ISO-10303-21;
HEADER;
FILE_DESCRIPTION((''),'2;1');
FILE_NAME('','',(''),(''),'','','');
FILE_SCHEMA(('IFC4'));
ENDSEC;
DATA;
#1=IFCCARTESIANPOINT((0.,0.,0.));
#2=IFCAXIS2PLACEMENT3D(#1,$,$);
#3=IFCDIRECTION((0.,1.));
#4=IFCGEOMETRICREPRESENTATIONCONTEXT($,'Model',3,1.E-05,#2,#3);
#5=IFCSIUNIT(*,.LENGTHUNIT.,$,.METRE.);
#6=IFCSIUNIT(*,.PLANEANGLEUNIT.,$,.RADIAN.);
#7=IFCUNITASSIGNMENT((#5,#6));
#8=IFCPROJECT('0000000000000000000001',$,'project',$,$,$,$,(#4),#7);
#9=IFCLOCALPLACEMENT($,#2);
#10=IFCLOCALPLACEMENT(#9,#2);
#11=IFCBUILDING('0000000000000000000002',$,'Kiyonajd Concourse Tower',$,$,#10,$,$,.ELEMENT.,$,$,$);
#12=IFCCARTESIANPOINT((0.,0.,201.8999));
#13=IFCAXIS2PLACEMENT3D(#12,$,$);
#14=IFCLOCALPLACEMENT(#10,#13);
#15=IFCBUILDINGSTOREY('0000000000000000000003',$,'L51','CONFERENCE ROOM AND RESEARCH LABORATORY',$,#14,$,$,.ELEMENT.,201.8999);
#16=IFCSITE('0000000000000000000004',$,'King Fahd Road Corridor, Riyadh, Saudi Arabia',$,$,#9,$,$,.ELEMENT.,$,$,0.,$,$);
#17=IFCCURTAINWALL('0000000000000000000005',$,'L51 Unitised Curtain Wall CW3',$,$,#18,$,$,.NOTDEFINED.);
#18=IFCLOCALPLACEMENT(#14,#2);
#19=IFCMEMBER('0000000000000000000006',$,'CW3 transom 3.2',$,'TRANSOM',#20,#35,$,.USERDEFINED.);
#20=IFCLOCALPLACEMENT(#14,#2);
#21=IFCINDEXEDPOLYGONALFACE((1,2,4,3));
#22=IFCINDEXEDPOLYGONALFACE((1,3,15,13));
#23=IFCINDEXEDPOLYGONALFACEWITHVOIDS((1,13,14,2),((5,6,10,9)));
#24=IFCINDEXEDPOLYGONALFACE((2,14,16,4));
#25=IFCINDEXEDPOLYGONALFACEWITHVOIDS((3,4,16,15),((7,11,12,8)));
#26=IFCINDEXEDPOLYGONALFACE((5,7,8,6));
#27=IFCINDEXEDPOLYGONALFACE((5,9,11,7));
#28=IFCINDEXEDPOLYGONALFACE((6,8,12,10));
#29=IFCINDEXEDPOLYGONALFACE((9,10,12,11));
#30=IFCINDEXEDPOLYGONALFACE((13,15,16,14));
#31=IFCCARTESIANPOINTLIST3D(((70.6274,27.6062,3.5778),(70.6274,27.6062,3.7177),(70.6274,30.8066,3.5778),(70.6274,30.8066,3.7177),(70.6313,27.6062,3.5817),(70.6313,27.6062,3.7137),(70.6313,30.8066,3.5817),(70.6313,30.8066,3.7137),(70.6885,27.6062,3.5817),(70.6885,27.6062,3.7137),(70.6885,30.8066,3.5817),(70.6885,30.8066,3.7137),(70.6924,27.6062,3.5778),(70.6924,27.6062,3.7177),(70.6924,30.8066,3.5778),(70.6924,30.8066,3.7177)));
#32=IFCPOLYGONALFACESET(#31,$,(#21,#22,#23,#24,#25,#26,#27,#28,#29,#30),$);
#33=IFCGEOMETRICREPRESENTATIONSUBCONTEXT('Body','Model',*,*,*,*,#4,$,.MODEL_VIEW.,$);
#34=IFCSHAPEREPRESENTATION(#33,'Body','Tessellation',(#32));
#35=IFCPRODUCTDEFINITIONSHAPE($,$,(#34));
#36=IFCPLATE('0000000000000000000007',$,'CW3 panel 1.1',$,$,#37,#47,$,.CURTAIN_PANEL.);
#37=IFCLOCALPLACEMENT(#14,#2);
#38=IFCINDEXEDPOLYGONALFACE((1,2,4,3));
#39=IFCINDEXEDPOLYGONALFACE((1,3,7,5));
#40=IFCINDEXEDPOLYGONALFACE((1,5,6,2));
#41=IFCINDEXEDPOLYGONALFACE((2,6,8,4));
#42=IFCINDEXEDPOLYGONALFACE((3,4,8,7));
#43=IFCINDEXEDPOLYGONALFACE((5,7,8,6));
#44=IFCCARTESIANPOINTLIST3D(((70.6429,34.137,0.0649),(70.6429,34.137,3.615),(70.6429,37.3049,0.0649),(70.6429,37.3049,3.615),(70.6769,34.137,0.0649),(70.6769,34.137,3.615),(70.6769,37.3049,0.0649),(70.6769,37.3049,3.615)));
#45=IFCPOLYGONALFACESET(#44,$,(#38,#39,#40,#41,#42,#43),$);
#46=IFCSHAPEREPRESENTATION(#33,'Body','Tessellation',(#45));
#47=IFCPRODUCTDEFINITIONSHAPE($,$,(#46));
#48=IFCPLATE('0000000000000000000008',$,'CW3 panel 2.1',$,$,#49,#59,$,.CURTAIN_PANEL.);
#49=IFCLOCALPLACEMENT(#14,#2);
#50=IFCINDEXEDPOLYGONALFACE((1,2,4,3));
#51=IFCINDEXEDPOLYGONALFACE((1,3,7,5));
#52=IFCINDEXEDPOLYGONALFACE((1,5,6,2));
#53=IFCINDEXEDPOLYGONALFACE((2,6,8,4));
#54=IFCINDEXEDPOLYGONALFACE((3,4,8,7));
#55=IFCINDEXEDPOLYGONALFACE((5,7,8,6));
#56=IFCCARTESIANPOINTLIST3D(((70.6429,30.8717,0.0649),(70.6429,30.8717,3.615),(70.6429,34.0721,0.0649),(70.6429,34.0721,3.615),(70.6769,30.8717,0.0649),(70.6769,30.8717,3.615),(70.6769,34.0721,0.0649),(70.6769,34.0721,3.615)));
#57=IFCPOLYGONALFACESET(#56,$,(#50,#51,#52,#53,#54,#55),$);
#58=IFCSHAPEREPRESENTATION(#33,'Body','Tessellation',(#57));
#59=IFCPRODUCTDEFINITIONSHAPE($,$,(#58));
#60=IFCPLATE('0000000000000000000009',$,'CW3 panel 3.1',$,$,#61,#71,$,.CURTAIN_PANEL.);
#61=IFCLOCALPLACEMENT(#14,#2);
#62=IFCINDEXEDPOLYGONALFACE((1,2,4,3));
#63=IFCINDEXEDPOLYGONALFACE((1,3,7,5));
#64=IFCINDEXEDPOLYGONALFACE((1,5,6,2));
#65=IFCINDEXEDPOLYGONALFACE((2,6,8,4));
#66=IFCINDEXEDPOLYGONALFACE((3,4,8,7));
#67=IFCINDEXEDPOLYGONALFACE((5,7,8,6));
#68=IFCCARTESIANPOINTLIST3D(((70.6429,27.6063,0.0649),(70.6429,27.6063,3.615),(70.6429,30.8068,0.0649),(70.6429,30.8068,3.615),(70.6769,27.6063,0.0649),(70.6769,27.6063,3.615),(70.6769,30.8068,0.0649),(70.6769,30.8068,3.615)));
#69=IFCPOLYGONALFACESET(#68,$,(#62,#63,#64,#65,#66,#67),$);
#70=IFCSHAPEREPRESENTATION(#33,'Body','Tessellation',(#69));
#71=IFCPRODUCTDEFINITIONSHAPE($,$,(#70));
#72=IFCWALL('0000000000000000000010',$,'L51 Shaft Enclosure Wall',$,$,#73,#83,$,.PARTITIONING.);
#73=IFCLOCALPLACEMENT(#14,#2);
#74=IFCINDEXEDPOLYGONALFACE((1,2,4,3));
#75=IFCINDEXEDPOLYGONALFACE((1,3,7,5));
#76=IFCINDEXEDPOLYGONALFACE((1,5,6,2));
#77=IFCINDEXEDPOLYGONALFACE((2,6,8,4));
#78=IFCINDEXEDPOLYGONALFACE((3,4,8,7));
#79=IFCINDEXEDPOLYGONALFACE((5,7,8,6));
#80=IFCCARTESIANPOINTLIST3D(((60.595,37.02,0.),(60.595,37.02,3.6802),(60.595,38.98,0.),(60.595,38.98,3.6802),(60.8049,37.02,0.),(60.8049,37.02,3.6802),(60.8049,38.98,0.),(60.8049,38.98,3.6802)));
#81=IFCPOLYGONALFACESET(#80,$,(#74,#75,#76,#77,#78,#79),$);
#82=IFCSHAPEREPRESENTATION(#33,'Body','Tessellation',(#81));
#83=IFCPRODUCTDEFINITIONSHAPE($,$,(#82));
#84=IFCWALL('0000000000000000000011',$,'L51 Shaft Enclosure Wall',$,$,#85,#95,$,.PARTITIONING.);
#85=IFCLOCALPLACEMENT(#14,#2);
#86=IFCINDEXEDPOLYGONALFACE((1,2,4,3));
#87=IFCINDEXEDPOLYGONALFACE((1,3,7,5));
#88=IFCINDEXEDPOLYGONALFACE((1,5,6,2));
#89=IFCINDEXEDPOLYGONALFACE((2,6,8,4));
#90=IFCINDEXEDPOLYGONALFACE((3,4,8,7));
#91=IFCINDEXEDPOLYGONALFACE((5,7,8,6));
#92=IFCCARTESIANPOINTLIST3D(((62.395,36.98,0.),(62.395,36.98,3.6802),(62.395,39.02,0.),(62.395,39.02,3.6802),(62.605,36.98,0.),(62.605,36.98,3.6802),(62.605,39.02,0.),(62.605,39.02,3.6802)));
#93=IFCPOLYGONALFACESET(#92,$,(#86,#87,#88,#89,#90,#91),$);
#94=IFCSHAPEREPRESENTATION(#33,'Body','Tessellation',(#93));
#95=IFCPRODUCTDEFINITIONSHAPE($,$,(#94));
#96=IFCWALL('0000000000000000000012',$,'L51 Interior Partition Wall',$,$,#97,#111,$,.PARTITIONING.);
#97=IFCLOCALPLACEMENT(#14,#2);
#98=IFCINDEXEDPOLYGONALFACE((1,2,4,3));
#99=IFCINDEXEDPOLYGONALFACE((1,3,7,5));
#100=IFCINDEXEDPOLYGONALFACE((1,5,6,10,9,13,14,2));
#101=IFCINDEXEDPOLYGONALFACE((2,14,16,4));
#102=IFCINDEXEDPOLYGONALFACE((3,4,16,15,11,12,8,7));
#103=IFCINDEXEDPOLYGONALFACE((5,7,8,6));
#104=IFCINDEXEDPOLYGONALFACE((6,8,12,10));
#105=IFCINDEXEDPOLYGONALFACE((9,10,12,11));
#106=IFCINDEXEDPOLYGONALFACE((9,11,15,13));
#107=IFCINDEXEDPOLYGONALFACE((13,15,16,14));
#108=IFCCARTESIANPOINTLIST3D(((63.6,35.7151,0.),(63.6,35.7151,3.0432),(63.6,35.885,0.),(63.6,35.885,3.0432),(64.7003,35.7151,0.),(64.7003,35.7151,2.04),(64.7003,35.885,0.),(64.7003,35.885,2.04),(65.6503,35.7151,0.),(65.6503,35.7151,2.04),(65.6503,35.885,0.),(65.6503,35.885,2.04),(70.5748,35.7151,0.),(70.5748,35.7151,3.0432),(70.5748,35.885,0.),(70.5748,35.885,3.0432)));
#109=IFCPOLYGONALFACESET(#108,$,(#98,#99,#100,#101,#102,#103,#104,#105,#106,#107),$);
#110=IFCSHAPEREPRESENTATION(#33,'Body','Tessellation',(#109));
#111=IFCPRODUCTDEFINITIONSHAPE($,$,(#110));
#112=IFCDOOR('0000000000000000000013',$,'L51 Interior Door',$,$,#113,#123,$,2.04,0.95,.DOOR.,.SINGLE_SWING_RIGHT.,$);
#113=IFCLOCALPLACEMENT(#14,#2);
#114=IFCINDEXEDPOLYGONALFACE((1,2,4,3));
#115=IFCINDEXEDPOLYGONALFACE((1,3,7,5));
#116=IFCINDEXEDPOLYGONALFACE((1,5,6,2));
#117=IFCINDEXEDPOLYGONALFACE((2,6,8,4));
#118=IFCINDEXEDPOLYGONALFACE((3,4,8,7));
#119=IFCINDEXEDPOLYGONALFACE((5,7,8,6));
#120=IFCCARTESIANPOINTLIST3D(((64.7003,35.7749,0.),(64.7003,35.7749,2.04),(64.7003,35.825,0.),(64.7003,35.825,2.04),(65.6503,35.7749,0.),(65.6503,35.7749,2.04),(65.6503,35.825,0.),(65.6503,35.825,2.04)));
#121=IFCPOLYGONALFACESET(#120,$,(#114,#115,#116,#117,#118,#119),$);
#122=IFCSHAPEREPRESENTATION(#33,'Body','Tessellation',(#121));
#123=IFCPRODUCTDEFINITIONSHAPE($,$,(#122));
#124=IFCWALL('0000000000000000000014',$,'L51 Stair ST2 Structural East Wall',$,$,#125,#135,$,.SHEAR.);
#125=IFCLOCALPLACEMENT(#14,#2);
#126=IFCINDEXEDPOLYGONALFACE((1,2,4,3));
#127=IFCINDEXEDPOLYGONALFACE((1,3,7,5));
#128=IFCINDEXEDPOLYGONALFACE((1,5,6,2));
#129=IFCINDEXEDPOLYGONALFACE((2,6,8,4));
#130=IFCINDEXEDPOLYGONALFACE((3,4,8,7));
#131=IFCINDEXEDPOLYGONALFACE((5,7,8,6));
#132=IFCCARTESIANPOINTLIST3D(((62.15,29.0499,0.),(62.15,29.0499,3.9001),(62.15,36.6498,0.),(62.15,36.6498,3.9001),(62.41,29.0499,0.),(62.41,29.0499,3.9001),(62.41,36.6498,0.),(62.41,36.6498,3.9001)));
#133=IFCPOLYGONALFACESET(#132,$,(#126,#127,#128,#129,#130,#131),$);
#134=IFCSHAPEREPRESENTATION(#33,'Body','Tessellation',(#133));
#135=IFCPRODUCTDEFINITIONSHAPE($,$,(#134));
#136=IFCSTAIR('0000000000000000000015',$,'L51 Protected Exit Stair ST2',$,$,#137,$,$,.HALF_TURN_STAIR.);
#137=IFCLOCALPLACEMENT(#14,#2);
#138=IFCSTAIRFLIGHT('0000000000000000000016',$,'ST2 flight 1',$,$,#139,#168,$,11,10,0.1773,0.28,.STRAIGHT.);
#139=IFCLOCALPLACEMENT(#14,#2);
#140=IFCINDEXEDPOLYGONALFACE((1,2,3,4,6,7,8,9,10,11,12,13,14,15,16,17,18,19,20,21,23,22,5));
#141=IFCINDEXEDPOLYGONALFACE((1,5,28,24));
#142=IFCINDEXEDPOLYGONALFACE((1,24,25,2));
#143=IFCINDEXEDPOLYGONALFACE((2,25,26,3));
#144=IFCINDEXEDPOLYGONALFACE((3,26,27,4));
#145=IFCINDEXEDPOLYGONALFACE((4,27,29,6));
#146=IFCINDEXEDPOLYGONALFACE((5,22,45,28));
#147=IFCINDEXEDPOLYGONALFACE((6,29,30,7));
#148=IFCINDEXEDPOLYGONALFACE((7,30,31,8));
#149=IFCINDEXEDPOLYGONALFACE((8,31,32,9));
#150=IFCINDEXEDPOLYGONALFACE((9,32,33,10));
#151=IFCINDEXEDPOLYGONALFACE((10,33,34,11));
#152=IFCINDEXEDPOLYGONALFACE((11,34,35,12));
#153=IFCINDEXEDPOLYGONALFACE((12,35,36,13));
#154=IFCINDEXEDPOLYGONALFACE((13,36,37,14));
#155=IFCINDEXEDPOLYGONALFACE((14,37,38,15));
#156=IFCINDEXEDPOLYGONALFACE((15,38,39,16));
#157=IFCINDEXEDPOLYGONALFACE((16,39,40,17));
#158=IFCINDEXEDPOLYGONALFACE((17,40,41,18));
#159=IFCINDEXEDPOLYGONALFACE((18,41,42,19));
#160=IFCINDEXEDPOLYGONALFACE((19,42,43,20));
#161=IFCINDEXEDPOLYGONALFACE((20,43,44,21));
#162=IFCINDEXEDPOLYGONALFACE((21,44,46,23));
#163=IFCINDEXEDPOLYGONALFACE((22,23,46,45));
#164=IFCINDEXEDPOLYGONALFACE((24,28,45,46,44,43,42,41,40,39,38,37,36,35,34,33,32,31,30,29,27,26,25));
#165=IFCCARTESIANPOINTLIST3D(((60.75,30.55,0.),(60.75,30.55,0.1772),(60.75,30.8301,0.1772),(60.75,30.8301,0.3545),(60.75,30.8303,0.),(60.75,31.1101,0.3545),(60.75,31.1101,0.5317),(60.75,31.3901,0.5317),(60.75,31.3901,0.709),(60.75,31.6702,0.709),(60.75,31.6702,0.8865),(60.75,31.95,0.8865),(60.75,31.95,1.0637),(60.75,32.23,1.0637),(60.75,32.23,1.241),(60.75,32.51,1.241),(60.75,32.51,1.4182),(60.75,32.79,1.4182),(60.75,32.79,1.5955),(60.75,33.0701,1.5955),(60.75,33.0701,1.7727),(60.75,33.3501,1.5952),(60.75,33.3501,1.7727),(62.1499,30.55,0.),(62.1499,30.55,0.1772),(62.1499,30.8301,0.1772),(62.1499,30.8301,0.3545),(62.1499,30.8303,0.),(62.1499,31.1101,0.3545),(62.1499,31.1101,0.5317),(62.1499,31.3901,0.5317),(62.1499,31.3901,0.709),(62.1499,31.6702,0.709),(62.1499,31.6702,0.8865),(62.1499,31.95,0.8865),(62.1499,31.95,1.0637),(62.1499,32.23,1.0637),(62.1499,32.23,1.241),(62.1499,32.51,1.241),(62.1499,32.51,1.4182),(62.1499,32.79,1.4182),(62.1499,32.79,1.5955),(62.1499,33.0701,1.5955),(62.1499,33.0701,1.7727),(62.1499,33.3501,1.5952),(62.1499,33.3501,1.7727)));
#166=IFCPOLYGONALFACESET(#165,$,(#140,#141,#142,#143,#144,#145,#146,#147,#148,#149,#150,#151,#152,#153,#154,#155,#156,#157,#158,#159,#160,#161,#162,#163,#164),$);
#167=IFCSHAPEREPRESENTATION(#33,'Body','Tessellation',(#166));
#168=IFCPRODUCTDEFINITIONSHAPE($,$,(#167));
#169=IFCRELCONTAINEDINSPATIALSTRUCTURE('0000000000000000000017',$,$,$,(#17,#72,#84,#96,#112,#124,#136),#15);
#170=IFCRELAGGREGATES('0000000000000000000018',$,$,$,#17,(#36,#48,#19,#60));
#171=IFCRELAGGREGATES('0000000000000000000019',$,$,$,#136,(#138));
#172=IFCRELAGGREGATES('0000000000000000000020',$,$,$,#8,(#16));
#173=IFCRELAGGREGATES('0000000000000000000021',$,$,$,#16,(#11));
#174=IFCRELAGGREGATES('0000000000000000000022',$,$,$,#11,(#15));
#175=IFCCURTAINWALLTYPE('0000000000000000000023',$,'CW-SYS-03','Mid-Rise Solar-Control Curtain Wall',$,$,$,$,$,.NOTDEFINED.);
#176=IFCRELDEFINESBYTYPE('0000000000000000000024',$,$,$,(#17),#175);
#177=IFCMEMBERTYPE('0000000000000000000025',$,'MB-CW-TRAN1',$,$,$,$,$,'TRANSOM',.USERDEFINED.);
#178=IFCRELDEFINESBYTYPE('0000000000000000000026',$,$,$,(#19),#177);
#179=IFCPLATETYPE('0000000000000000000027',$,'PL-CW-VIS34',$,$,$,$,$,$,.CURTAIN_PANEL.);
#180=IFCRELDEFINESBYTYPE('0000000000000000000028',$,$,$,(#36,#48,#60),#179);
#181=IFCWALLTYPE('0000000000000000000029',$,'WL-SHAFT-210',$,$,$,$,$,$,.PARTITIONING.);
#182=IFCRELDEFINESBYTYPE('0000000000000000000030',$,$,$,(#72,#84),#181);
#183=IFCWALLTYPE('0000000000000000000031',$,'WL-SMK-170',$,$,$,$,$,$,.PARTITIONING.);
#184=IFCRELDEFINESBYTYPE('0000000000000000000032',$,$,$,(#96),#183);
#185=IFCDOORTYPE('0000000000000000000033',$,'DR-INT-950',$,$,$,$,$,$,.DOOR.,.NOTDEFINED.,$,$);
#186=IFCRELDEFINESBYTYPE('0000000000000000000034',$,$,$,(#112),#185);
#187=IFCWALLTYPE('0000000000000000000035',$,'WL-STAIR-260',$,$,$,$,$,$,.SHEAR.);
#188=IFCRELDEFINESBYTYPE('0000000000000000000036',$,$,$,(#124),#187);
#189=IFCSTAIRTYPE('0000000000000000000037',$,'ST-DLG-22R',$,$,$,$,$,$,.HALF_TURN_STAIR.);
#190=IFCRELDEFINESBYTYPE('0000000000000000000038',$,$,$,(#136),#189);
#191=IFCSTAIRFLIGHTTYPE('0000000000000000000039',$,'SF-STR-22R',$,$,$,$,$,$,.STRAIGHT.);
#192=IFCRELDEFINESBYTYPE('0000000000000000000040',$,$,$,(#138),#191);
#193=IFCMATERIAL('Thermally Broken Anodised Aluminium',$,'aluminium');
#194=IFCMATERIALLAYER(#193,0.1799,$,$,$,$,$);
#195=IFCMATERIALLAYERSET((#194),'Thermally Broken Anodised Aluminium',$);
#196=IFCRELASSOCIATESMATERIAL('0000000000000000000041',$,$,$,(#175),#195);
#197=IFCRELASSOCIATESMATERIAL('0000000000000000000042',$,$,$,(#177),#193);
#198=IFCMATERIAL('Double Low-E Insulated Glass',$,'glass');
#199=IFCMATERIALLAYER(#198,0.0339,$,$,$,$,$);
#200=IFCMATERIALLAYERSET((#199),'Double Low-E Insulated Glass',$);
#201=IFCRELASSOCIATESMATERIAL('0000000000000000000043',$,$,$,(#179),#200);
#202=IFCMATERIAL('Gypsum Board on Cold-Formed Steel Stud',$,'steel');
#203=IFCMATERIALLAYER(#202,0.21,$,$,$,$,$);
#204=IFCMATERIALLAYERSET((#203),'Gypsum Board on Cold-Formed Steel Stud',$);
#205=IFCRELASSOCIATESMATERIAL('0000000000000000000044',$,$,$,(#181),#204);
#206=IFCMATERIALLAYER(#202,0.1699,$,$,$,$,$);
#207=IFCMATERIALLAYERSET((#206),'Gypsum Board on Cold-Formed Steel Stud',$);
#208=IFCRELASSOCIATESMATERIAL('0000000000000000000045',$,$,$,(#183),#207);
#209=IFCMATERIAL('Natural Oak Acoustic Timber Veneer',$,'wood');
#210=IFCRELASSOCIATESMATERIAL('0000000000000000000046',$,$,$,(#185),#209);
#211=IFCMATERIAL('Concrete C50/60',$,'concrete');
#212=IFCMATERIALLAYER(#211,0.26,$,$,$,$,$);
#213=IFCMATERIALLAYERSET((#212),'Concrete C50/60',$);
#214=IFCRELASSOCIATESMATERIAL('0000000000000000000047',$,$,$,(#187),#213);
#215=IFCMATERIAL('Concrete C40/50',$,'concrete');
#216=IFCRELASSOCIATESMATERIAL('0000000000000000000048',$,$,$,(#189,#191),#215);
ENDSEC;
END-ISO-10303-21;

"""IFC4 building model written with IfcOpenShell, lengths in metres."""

from ifc_helpers import new_model, si_unit, direction, frame, frame_2d, origin, origin_2d, place, context, subcontext, project, spatial, polyline, rectangle, hollow_rectangle, outline, extrude, material, layer, layer_set, material_profile, profile_set, type_object, element, fill, aggregate, save


model = new_model("IFC4")

# Units and contexts
model_context = context("Model", 3, precision=1e-05, world=origin(), true_north=direction((0.0, 1.0)))
body_context = subcontext(model_context, "Body", "Model", "MODEL_VIEW")
ifc_project = project(units=[si_unit("LENGTHUNIT", "METRE"), si_unit("PLANEANGLEUNIT", "RADIAN")], contexts=[model_context])

# Site, building, storey
site_placement = place(None, origin())
site = spatial("IfcSite", under=ifc_project, at=site_placement, Name="King Fahd Road Corridor, Riyadh, Saudi Arabia", CompositionType="ELEMENT", RefElevation=0.0)
building_placement = place(site_placement, origin())
building = spatial("IfcBuilding", under=site, at=building_placement, Name="Kiyonajd Concourse Tower", CompositionType="ELEMENT")
storey_placement = place(building_placement, frame((0.0, 0.0, 201.8999)))
storey = spatial("IfcBuildingStorey", under=building, at=storey_placement, Name="L51", Description="CONFERENCE ROOM AND RESEARCH LABORATORY", CompositionType="ELEMENT", Elevation=201.8999)

# Curtain wall, member, plates
ifc_material_1 = material(Name="Thermally Broken Anodised Aluminium", Category="aluminium")
ifc_layer_1 = layer(ifc_material_1, 0.1799)
ifc_layer_set_1 = layer_set([ifc_layer_1], Name="Thermally Broken Anodised Aluminium")
curtain_wall_type = type_object("IfcCurtainWallType", Name="CW-SYS-03", Description="Mid-Rise Solar-Control Curtain Wall", PredefinedType="NOTDEFINED", material=ifc_layer_set_1)
curtain_wall_placement = place(storey_placement, origin())
curtain_wall = element("IfcCurtainWall", 1, at=curtain_wall_placement, inside=storey, type_object=curtain_wall_type, Name="L51 Unitised Curtain Wall CW3", PredefinedType="NOTDEFINED")
ifc_material_profile_1 = material_profile(ifc_material_1, hollow_rectangle(XDim=0.0649, YDim=0.1399, WallThickness=0.0039, at=origin_2d()), Name="TRAN-65x140")
ifc_profile_set_1 = profile_set([ifc_material_profile_1], Name="Thermally Broken Anodised Aluminium")
member_type_1 = type_object("IfcMemberType", Name="MB-CW-TRAN1", ElementType="TRANSOM", PredefinedType="USERDEFINED", material=ifc_profile_set_1)
member_1_placement = place(storey_placement, frame((70.6599, 30.8066, 3.6477), z_axis=(0.0, -1.0, 0.0), x_axis=(1.0, 0.0, 0.0)))
member_1 = element("IfcMember", 2, at=member_1_placement, type_object=member_type_1, Name="CW3 transom 3.2", ObjectType="TRANSOM", PredefinedType="USERDEFINED", context=body_context, shape_type="SweptSolid", body=[
    extrude(hollow_rectangle(XDim=0.0649, YDim=0.1399, WallThickness=0.0039, at=origin_2d()), origin(), (0.0, 0.0, 1.0), 3.2004),
])
ifc_material_2 = material(Name="Double Low-E Insulated Glass", Category="glass")
ifc_layer_2 = layer(ifc_material_2, 0.0339)
ifc_layer_set_2 = layer_set([ifc_layer_2], Name="Double Low-E Insulated Glass")
plate_type = type_object("IfcPlateType", Name="PL-CW-VIS34", PredefinedType="CURTAIN_PANEL", material=ifc_layer_set_2)
plate_1_placement = place(storey_placement, frame((70.6599, 35.7209, 0.0649), z_axis=(0.0, 0.0, 1.0), x_axis=(0.0, -1.0, 0.0)))
plate_1 = element("IfcPlate", 3, at=plate_1_placement, type_object=plate_type, Name="CW3 panel 1.1", PredefinedType="CURTAIN_PANEL", context=body_context, shape_type="SweptSolid", body=[
    extrude(rectangle(XDim=3.168, YDim=0.0339, at=origin_2d()), origin(), (0.0, 0.0, 1.0), 3.55),
])
plate_2_placement = place(storey_placement, frame((70.6599, 32.4719, 0.0649), z_axis=(0.0, 0.0, 1.0), x_axis=(0.0, -1.0, 0.0)))
plate_2 = element("IfcPlate", 4, at=plate_2_placement, type_object=plate_type, Name="CW3 panel 2.1", PredefinedType="CURTAIN_PANEL", context=body_context, shape_type="SweptSolid", body=[
    extrude(rectangle(XDim=3.2004, YDim=0.0339, at=origin_2d()), origin(), (0.0, 0.0, 1.0), 3.55),
])
plate_3_placement = place(storey_placement, frame((70.6599, 29.2065, 0.0649), z_axis=(0.0, 0.0, 1.0), x_axis=(0.0, -1.0, 0.0)))
plate_3 = element("IfcPlate", 5, at=plate_3_placement, type_object=plate_type, Name="CW3 panel 3.1", PredefinedType="CURTAIN_PANEL", context=body_context, shape_type="SweptSolid", body=[
    extrude(rectangle(XDim=3.2004, YDim=0.0339, at=origin_2d()), origin(), (0.0, 0.0, 1.0), 3.55),
])
aggregate(curtain_wall, [plate_1, plate_2, member_1, plate_3])

# Walls
ifc_material_3 = material(Name="Gypsum Board on Cold-Formed Steel Stud", Category="steel")
ifc_layer_3 = layer(ifc_material_3, 0.21)
ifc_layer_set_3 = layer_set([ifc_layer_3], Name="Gypsum Board on Cold-Formed Steel Stud")
wall_type_1 = type_object("IfcWallType", Name="WL-SHAFT-210", PredefinedType="PARTITIONING", material=ifc_layer_set_3)
wall_1_placement = place(storey_placement, frame((60.7, 37.02, 0.0), z_axis=(0.0, 0.0, 1.0), x_axis=(0.0, 1.0, 0.0)))
element("IfcWall", 6, at=wall_1_placement, inside=storey, type_object=wall_type_1, Name="L51 Shaft Enclosure Wall", PredefinedType="PARTITIONING", context=body_context, shape_type="SweptSolid", body=[
    extrude(rectangle(XDim=1.96, YDim=0.21, at=frame_2d((0.98, 0.0))), origin(), (0.0, 0.0, 1.0), 3.6802),
])
wall_2_placement = place(storey_placement, frame((62.5, 36.98, 0.0), z_axis=(0.0, 0.0, 1.0), x_axis=(0.0, 1.0, 0.0)))
element("IfcWall", 7, at=wall_2_placement, inside=storey, type_object=wall_type_1, Name="L51 Shaft Enclosure Wall", PredefinedType="PARTITIONING", context=body_context, shape_type="SweptSolid", body=[
    extrude(rectangle(XDim=2.04, YDim=0.21, at=frame_2d((1.02, 0.0))), origin(), (0.0, 0.0, 1.0), 3.6802),
])

# Wall, opening, door
ifc_layer_4 = layer(ifc_material_3, 0.1699)
ifc_layer_set_4 = layer_set([ifc_layer_4], Name="Gypsum Board on Cold-Formed Steel Stud")
wall_type_2 = type_object("IfcWallType", Name="WL-SMK-170", PredefinedType="PARTITIONING", material=ifc_layer_set_4)
wall_3_placement = place(storey_placement, frame((63.6001, 35.8, 0.0), z_axis=(0.0, 0.0, 1.0), x_axis=(1.0, 0.0, 0.0)))
wall_3 = element("IfcWall", 8, at=wall_3_placement, inside=storey, type_object=wall_type_2, Name="L51 Interior Partition Wall", PredefinedType="PARTITIONING", context=body_context, shape_type="SweptSolid", body=[
    extrude(rectangle(XDim=6.9749, YDim=0.1699, at=frame_2d((3.4873, 0.0))), origin(), (0.0, 0.0, 1.0), 3.0432),
])
opening_placement = place(wall_3_placement, frame((1.1001, 0.0, 0.0)))
opening = element("IfcOpeningElement", 9, at=opening_placement, cuts=wall_3, PredefinedType="OPENING", context=body_context, shape_type="SweptSolid", body=[
    extrude(rectangle(XDim=0.95, YDim=2.04, at=frame_2d((0.4751, 1.02))), frame((0.0, 0.095, 0.0), z_axis=(0.0, -1.0, 0.0), x_axis=(1.0, 0.0, 0.0)), (0.0, 0.0, 1.0), 0.1899),
])
ifc_material_4 = material(Name="Natural Oak Acoustic Timber Veneer", Category="wood")
door_type = type_object("IfcDoorType", Name="DR-INT-950", OperationType="NOTDEFINED", PredefinedType="DOOR", material=ifc_material_4)
door_placement = place(opening_placement, origin())
door = element("IfcDoor", 10, at=door_placement, inside=storey, type_object=door_type, Name="L51 Interior Door", OperationType="SINGLE_SWING_RIGHT", OverallHeight=2.04, OverallWidth=0.95, PredefinedType="DOOR", context=body_context, shape_type="SweptSolid", body=[
    extrude(rectangle(XDim=0.95, YDim=2.04, at=frame_2d((0.4751, 1.02))), frame((0.0, 0.0249, 0.0), z_axis=(0.0, -1.0, 0.0), x_axis=(1.0, 0.0, 0.0)), (0.0, 0.0, 1.0), 0.05),
])
fill(opening, door)

# Wall
ifc_material_5 = material(Name="Concrete C50/60", Category="concrete")
ifc_layer_5 = layer(ifc_material_5, 0.26)
ifc_layer_set_5 = layer_set([ifc_layer_5], Name="Concrete C50/60")
wall_type_3 = type_object("IfcWallType", Name="WL-STAIR-260", PredefinedType="SHEAR", material=ifc_layer_set_5)
wall_4_placement = place(storey_placement, frame((62.28, 29.05, 0.0), z_axis=(0.0, 0.0, 1.0), x_axis=(0.0, 1.0, 0.0)))
element("IfcWall", 11, at=wall_4_placement, inside=storey, type_object=wall_type_3, Name="L51 Stair ST2 Structural East Wall", PredefinedType="SHEAR", context=body_context, shape_type="SweptSolid", body=[
    extrude(rectangle(XDim=7.5999, YDim=0.26, at=frame_2d((3.7998, 0.0))), origin(), (0.0, 0.0, 1.0), 3.9001),
])

# Stair, stair flight
ifc_material_6 = material(Name="Concrete C40/50", Category="concrete")
stair_type = type_object("IfcStairType", Name="ST-DLG-22R", PredefinedType="HALF_TURN_STAIR", material=ifc_material_6)
stair_placement = place(storey_placement, origin())
stair = element("IfcStair", 12, at=stair_placement, inside=storey, type_object=stair_type, Name="L51 Protected Exit Stair ST2", PredefinedType="HALF_TURN_STAIR")
stair_flight_type = type_object("IfcStairFlightType", Name="SF-STR-22R", PredefinedType="STRAIGHT", material=ifc_material_6)
stair_flight_1_placement = place(storey_placement, frame((61.45, 30.55, 0.0), z_axis=(0.0, 0.0, 1.0), x_axis=(0.0, 1.0, 0.0)))
stair_flight_1 = element("IfcStairFlight", 13, at=stair_flight_1_placement, type_object=stair_flight_type, Name="ST2 flight 1", NumberOfRisers=11, NumberOfTreads=10, PredefinedType="STRAIGHT", RiserHeight=0.1773, TreadLength=0.28, context=body_context, shape_type="SweptSolid", body=[
    extrude(outline(polyline([(0.0, 0.0), (0.0, 0.1772), (0.28, 0.1772), (0.28, 0.3545), (0.5601, 0.3545), (0.5601, 0.5317), (0.8401, 0.5317), (0.8401, 0.709), (1.1201, 0.709), (1.1201, 0.8865), (1.3999, 0.8865), (1.3999, 1.0637), (1.6799, 1.0637), (1.6799, 1.241), (1.96, 1.241), (1.96, 1.4182), (2.24, 1.4182), (2.24, 1.5955), (2.52, 1.5955), (2.52, 1.7727), (2.8, 1.7727), (2.8, 1.95), (2.8, 1.5952), (0.2803, 0.0), (0.0, 0.0)])), frame((0.0, 0.7, 0.0), z_axis=(0.0, -1.0, 0.0), x_axis=(1.0, 0.0, 0.0)), (0.0, 0.0, 1.0), 1.3999),
])
aggregate(stair, [stair_flight_1])

save(model, "model.ifc")
